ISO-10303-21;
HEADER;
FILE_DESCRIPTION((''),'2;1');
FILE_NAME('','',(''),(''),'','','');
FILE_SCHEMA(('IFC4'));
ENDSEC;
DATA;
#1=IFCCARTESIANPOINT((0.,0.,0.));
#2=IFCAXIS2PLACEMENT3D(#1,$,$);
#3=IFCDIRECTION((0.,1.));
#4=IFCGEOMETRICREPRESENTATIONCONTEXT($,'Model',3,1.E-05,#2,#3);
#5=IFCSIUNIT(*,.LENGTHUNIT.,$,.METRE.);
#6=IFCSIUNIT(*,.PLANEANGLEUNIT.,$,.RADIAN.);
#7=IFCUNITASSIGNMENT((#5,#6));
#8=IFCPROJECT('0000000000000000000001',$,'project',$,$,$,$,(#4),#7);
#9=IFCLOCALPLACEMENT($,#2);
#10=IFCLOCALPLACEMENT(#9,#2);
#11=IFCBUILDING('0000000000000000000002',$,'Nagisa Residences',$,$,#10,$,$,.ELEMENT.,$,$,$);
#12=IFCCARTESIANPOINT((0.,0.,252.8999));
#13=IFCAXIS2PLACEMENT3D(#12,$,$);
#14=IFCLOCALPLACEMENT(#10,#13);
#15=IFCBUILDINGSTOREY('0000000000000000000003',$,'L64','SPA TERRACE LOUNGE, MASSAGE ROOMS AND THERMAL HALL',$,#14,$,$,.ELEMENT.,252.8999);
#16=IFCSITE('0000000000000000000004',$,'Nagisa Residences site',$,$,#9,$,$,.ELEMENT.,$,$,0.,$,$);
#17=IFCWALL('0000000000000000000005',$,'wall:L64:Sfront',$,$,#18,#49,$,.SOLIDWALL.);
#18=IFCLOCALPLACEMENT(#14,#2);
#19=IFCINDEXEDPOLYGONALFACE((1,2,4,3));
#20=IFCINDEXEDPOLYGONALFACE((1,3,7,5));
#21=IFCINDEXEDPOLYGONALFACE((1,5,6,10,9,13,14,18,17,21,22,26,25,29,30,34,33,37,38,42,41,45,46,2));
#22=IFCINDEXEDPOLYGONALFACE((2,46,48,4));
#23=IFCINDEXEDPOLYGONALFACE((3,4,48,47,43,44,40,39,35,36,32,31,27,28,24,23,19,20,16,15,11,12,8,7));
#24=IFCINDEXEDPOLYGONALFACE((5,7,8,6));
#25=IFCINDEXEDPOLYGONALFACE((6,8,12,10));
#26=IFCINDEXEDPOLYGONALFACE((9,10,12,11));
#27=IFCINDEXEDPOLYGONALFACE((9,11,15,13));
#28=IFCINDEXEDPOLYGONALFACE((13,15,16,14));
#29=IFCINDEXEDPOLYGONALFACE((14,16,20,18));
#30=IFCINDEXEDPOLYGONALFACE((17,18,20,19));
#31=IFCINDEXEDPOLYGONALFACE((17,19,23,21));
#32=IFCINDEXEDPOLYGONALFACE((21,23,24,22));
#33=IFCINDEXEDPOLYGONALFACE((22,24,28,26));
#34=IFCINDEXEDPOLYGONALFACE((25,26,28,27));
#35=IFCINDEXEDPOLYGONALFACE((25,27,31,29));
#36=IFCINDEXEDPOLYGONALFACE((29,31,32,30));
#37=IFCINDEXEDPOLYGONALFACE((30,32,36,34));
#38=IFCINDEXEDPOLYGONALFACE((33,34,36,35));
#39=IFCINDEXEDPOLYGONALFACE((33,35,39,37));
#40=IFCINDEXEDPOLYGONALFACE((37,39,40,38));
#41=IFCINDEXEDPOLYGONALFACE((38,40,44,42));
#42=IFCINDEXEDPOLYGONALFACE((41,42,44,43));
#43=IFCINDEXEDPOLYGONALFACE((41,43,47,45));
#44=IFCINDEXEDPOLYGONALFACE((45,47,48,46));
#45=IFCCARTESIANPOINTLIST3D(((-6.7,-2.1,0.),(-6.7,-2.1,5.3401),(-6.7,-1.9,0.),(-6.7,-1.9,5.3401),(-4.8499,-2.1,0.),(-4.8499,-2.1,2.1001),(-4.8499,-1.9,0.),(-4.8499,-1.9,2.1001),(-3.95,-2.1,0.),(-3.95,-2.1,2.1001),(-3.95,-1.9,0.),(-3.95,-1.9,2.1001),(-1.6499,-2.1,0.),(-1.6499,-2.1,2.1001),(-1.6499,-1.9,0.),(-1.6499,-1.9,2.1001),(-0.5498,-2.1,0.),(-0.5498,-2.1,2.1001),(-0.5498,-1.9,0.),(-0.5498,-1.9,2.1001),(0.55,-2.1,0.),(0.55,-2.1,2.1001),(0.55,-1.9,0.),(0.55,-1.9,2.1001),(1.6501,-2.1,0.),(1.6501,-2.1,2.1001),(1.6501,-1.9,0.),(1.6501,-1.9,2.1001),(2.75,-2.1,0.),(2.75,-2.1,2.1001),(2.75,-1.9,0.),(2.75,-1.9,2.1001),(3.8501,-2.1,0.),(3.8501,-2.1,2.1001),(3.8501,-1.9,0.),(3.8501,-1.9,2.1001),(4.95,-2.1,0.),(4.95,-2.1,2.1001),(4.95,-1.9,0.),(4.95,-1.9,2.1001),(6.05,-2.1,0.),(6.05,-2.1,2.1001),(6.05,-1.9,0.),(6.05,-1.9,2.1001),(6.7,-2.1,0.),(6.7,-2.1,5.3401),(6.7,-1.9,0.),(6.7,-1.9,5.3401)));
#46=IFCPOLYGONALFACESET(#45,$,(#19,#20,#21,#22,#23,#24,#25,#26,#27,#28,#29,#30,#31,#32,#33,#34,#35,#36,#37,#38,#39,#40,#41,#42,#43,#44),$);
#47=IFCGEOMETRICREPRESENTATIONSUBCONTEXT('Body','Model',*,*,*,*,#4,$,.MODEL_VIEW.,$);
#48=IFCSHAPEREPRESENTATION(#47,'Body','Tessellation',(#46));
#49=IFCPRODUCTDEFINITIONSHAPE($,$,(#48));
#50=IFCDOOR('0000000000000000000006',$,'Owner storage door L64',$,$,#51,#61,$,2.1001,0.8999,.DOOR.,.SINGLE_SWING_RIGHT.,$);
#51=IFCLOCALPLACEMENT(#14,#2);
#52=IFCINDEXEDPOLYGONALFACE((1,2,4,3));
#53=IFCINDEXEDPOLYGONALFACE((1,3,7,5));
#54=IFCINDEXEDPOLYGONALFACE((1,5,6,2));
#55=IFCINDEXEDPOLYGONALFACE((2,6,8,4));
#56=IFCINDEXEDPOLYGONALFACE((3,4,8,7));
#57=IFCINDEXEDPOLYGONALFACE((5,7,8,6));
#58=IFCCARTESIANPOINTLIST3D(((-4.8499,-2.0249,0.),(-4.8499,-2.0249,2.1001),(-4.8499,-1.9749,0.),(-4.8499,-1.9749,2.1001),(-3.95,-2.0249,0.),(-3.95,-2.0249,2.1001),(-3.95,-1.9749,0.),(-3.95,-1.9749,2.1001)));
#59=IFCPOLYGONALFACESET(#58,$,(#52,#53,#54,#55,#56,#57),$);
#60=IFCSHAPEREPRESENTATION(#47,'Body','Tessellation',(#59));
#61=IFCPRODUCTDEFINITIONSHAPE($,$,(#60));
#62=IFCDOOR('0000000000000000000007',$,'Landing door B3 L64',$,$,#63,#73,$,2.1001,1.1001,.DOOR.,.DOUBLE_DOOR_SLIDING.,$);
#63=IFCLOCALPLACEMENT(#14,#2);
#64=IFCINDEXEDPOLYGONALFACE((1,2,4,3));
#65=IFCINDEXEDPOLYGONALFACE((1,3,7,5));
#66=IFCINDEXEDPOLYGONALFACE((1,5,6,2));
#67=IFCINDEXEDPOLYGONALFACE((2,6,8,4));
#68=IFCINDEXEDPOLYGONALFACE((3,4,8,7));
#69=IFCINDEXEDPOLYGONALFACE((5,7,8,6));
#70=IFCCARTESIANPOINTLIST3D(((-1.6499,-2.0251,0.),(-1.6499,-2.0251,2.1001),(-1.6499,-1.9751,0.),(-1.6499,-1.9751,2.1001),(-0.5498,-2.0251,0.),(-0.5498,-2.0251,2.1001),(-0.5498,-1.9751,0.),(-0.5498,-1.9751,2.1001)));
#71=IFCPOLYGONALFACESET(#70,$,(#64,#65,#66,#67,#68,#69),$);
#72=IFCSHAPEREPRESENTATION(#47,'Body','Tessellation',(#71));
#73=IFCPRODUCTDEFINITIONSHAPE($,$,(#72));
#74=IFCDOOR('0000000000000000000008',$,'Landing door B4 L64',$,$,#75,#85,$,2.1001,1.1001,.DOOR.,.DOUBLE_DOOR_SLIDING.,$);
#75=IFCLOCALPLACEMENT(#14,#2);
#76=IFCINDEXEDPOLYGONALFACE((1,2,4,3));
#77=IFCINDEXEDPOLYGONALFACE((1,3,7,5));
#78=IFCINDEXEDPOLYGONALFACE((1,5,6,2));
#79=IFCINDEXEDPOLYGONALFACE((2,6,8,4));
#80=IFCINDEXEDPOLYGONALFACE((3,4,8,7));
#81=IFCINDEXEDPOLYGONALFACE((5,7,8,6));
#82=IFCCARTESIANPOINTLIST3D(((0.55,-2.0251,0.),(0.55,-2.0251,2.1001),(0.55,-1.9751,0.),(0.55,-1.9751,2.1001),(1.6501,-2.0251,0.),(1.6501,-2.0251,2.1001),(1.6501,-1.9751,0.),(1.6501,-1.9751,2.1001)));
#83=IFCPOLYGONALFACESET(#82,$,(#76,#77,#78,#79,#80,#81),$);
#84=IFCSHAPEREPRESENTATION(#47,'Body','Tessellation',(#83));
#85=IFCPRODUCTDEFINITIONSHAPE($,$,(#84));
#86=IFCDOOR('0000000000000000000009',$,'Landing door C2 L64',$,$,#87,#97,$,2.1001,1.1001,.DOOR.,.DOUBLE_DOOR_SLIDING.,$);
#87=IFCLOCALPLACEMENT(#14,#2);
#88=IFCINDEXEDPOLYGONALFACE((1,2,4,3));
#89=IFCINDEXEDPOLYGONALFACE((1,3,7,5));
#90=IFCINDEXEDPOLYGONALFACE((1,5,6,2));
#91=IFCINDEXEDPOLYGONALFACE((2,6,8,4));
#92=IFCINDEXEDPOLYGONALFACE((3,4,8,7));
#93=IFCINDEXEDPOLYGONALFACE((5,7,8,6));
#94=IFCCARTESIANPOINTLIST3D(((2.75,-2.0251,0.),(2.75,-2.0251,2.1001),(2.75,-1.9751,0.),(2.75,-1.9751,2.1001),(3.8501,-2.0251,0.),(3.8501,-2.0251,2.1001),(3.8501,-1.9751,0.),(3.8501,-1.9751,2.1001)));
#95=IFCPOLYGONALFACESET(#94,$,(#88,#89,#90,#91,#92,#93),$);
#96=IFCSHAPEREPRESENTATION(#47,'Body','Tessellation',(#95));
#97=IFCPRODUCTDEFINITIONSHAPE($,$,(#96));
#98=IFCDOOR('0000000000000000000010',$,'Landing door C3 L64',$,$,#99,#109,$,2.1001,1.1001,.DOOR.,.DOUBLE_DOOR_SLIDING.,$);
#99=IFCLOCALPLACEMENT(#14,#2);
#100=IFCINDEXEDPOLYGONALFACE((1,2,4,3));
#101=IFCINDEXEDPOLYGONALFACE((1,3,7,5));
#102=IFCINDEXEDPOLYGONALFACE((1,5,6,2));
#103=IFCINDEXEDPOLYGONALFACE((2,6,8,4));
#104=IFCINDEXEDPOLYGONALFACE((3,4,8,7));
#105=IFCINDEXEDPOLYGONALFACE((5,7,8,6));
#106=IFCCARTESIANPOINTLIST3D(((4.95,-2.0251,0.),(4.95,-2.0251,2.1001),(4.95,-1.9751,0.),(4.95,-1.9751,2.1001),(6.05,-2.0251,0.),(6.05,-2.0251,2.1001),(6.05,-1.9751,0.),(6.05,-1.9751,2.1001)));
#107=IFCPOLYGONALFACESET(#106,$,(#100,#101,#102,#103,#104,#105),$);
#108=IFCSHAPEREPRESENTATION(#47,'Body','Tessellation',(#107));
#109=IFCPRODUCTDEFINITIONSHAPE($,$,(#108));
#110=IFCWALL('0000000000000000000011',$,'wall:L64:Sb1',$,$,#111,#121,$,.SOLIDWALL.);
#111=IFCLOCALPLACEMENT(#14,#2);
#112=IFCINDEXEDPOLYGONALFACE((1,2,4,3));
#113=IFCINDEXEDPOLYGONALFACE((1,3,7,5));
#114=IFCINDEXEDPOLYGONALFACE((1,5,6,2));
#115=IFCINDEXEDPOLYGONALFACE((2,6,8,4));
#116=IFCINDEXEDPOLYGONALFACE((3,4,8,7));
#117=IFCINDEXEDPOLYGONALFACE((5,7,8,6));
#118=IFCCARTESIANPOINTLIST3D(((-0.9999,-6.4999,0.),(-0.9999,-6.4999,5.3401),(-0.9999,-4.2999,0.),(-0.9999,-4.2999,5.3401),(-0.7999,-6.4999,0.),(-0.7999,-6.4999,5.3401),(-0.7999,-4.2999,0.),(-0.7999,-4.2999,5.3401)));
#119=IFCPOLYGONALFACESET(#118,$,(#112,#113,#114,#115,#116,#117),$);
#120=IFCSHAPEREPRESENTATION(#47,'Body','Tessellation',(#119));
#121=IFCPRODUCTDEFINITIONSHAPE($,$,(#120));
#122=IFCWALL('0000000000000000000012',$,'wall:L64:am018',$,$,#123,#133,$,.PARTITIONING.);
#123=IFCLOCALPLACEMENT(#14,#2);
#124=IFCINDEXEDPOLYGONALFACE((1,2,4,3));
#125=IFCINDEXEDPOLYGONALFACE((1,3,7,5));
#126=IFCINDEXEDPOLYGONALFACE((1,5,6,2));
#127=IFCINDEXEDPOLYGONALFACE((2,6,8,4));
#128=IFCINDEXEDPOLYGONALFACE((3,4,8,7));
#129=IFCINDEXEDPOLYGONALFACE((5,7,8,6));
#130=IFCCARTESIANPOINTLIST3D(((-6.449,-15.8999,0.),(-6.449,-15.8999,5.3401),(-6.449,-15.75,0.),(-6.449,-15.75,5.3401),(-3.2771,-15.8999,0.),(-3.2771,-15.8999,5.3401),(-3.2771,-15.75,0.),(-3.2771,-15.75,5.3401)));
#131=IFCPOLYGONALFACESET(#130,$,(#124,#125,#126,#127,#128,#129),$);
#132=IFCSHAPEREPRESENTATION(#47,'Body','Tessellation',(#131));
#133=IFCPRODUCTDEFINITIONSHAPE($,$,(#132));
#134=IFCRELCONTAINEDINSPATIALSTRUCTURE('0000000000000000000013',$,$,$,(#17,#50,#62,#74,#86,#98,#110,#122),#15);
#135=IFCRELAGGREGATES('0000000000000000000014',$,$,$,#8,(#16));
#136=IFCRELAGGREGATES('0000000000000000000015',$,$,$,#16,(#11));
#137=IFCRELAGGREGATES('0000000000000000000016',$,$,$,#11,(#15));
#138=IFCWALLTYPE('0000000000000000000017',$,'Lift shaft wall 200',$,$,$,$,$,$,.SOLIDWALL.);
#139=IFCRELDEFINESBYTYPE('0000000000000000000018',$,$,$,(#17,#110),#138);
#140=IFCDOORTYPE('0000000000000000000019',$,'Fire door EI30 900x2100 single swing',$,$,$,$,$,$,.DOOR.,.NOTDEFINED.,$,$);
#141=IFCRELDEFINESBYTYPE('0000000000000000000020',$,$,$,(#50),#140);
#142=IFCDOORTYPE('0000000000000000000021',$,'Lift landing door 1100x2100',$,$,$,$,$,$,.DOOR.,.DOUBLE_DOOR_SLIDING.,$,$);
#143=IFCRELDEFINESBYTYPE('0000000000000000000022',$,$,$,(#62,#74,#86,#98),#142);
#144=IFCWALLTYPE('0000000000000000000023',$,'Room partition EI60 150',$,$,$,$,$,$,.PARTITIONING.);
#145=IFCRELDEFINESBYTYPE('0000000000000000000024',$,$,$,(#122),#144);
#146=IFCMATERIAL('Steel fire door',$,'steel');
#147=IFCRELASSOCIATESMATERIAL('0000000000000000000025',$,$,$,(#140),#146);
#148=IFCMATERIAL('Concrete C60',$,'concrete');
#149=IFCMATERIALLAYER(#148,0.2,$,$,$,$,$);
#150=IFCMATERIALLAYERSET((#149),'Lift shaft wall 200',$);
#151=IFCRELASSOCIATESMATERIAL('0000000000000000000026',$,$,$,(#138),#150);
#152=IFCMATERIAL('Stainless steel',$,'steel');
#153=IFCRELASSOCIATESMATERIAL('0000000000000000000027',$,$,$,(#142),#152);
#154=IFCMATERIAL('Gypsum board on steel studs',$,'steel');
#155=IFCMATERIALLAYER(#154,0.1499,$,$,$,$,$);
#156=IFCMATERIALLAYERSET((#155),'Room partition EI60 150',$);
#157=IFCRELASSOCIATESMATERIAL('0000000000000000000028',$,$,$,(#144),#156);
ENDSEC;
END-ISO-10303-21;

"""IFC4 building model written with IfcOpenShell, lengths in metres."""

from ifc_helpers import new_model, si_unit, direction, frame, frame_2d, origin, place, context, subcontext, project, spatial, rectangle, extrude, material, layer, layer_set, type_object, element, fill, save


model = new_model("IFC4")

# Units and contexts
model_context = context("Model", 3, precision=1e-05, world=origin(), true_north=direction((0.0, 1.0)))
body_context = subcontext(model_context, "Body", "Model", "MODEL_VIEW")
ifc_project = project(units=[si_unit("LENGTHUNIT", "METRE"), si_unit("PLANEANGLEUNIT", "RADIAN")], contexts=[model_context])

# Site, building, storey
site_placement = place(None, origin())
site = spatial("IfcSite", under=ifc_project, at=site_placement, Name="Nagisa Residences site", CompositionType="ELEMENT", RefElevation=0.0)
building_placement = place(site_placement, origin())
building = spatial("IfcBuilding", under=site, at=building_placement, Name="Nagisa Residences", CompositionType="ELEMENT")
storey_placement = place(building_placement, frame((0.0, 0.0, 252.8999)))
storey = spatial("IfcBuildingStorey", under=building, at=storey_placement, Name="L64", Description="SPA TERRACE LOUNGE, MASSAGE ROOMS AND THERMAL HALL", CompositionType="ELEMENT", Elevation=252.8999)

# Shared definitions
ifc_material_1 = material(Name="Steel fire door", Category="steel")
door_type_1 = type_object("IfcDoorType", Name="Fire door EI30 900x2100 single swing", OperationType="NOTDEFINED", PredefinedType="DOOR", material=ifc_material_1)

# Shared definitions
ifc_material_2 = material(Name="Concrete C60", Category="concrete")
ifc_layer_1 = layer(ifc_material_2, 0.2)
ifc_layer_set_1 = layer_set([ifc_layer_1], Name="Lift shaft wall 200")
wall_type_1 = type_object("IfcWallType", Name="Lift shaft wall 200", PredefinedType="SOLIDWALL", material=ifc_layer_set_1)

# Wall, openings, doors
wall_1_placement = place(storey_placement, frame((-6.7, -2.0, 0.0), z_axis=(0.0, 0.0, 1.0), x_axis=(1.0, 0.0, 0.0)))
wall_1 = element("IfcWall", 1, at=wall_1_placement, inside=storey, type_object=wall_type_1, Name="wall:L64:Sfront", PredefinedType="SOLIDWALL", context=body_context, shape_type="SweptSolid", body=[
    extrude(rectangle(XDim=13.3999, YDim=0.2, at=frame_2d((6.7, 0.0))), origin(), (0.0, 0.0, 1.0), 5.3401),
])
opening_1_placement = place(wall_1_placement, frame((5.05, 0.0, 0.0)))
opening_1 = element("IfcOpeningElement", 2, at=opening_1_placement, cuts=wall_1, PredefinedType="OPENING", context=body_context, shape_type="SweptSolid", body=[
    extrude(rectangle(XDim=1.1001, YDim=2.1001, at=frame_2d((0.55, 1.05))), frame((0.0, 0.1099, 0.0), z_axis=(0.0, -1.0, 0.0), x_axis=(1.0, 0.0, 0.0)), (0.0, 0.0, 1.0), 0.22),
])
opening_2_placement = place(wall_1_placement, frame((7.25, 0.0, 0.0)))
opening_2 = element("IfcOpeningElement", 3, at=opening_2_placement, cuts=wall_1, PredefinedType="OPENING", context=body_context, shape_type="SweptSolid", body=[
    extrude(rectangle(XDim=1.1001, YDim=2.1001, at=frame_2d((0.55, 1.05))), frame((0.0, 0.1099, 0.0), z_axis=(0.0, -1.0, 0.0), x_axis=(1.0, 0.0, 0.0)), (0.0, 0.0, 1.0), 0.22),
])
opening_3_placement = place(wall_1_placement, frame((9.45, 0.0, 0.0)))
opening_3 = element("IfcOpeningElement", 4, at=opening_3_placement, cuts=wall_1, PredefinedType="OPENING", context=body_context, shape_type="SweptSolid", body=[
    extrude(rectangle(XDim=1.1001, YDim=2.1001, at=frame_2d((0.55, 1.05))), frame((0.0, 0.1099, 0.0), z_axis=(0.0, -1.0, 0.0), x_axis=(1.0, 0.0, 0.0)), (0.0, 0.0, 1.0), 0.22),
])
opening_4_placement = place(wall_1_placement, frame((11.6499, 0.0, 0.0)))
opening_4 = element("IfcOpeningElement", 5, at=opening_4_placement, cuts=wall_1, PredefinedType="OPENING", context=body_context, shape_type="SweptSolid", body=[
    extrude(rectangle(XDim=1.1001, YDim=2.1001, at=frame_2d((0.55, 1.05))), frame((0.0, 0.1099, 0.0), z_axis=(0.0, -1.0, 0.0), x_axis=(1.0, 0.0, 0.0)), (0.0, 0.0, 1.0), 0.22),
])
opening_5_placement = place(wall_1_placement, frame((1.8501, 0.0, 0.0)))
opening_5 = element("IfcOpeningElement", 6, at=opening_5_placement, cuts=wall_1, PredefinedType="OPENING", context=body_context, shape_type="SweptSolid", body=[
    extrude(rectangle(XDim=0.8999, YDim=2.1001, at=frame_2d((0.45, 1.05))), frame((0.0, 0.1099, 0.0), z_axis=(0.0, -1.0, 0.0), x_axis=(1.0, 0.0, 0.0)), (0.0, 0.0, 1.0), 0.22),
])
door_1_placement = place(opening_5_placement, frame((0.8999, 0.0, 0.0), x_axis=(-1.0, 0.0, 0.0)))
door_1 = element("IfcDoor", 7, at=door_1_placement, inside=storey, type_object=door_type_1, Name="Owner storage door L64", OperationType="SINGLE_SWING_RIGHT", OverallHeight=2.1001, OverallWidth=0.8999, PredefinedType="DOOR", context=body_context, shape_type="SweptSolid", body=[
    extrude(rectangle(XDim=0.8999, YDim=2.1001, at=frame_2d((0.45, 1.05))), frame((0.0, 0.0249, 0.0), z_axis=(0.0, -1.0, 0.0), x_axis=(1.0, 0.0, 0.0)), (0.0, 0.0, 1.0), 0.05),
])
fill(opening_5, door_1)
ifc_material_3 = material(Name="Stainless steel", Category="steel")
door_type_2 = type_object("IfcDoorType", Name="Lift landing door 1100x2100", OperationType="DOUBLE_DOOR_SLIDING", PredefinedType="DOOR", material=ifc_material_3)
door_2_placement = place(opening_1_placement, origin())
door_2 = element("IfcDoor", 8, at=door_2_placement, inside=storey, type_object=door_type_2, Name="Landing door B3 L64", OperationType="DOUBLE_DOOR_SLIDING", OverallHeight=2.1001, OverallWidth=1.1001, PredefinedType="DOOR", context=body_context, shape_type="SweptSolid", body=[
    extrude(rectangle(XDim=1.1001, YDim=2.1001, at=frame_2d((0.55, 1.05))), frame((0.0, 0.0249, 0.0), z_axis=(0.0, -1.0, 0.0), x_axis=(1.0, 0.0, 0.0)), (0.0, 0.0, 1.0), 0.05),
])
fill(opening_1, door_2)
door_3_placement = place(opening_2_placement, origin())
door_3 = element("IfcDoor", 9, at=door_3_placement, inside=storey, type_object=door_type_2, Name="Landing door B4 L64", OperationType="DOUBLE_DOOR_SLIDING", OverallHeight=2.1001, OverallWidth=1.1001, PredefinedType="DOOR", context=body_context, shape_type="SweptSolid", body=[
    extrude(rectangle(XDim=1.1001, YDim=2.1001, at=frame_2d((0.55, 1.05))), frame((0.0, 0.0249, 0.0), z_axis=(0.0, -1.0, 0.0), x_axis=(1.0, 0.0, 0.0)), (0.0, 0.0, 1.0), 0.05),
])
fill(opening_2, door_3)
door_4_placement = place(opening_3_placement, origin())
door_4 = element("IfcDoor", 10, at=door_4_placement, inside=storey, type_object=door_type_2, Name="Landing door C2 L64", OperationType="DOUBLE_DOOR_SLIDING", OverallHeight=2.1001, OverallWidth=1.1001, PredefinedType="DOOR", context=body_context, shape_type="SweptSolid", body=[
    extrude(rectangle(XDim=1.1001, YDim=2.1001, at=frame_2d((0.55, 1.05))), frame((0.0, 0.0249, 0.0), z_axis=(0.0, -1.0, 0.0), x_axis=(1.0, 0.0, 0.0)), (0.0, 0.0, 1.0), 0.05),
])
fill(opening_3, door_4)
door_5_placement = place(opening_4_placement, origin())
door_5 = element("IfcDoor", 11, at=door_5_placement, inside=storey, type_object=door_type_2, Name="Landing door C3 L64", OperationType="DOUBLE_DOOR_SLIDING", OverallHeight=2.1001, OverallWidth=1.1001, PredefinedType="DOOR", context=body_context, shape_type="SweptSolid", body=[
    extrude(rectangle(XDim=1.1001, YDim=2.1001, at=frame_2d((0.55, 1.05))), frame((0.0, 0.0249, 0.0), z_axis=(0.0, -1.0, 0.0), x_axis=(1.0, 0.0, 0.0)), (0.0, 0.0, 1.0), 0.05),
])
fill(opening_4, door_5)

# Walls
wall_2_placement = place(storey_placement, frame((-0.8999, -6.5, 0.0), z_axis=(0.0, 0.0, 1.0), x_axis=(0.0, 1.0, 0.0)))
element("IfcWall", 12, at=wall_2_placement, inside=storey, type_object=wall_type_1, Name="wall:L64:Sb1", PredefinedType="SOLIDWALL", context=body_context, shape_type="SweptSolid", body=[
    extrude(rectangle(XDim=2.2, YDim=0.2, at=frame_2d((1.1001, 0.0))), origin(), (0.0, 0.0, 1.0), 5.3401),
])
ifc_material_4 = material(Name="Gypsum board on steel studs", Category="steel")
ifc_layer_2 = layer(ifc_material_4, 0.1499)
ifc_layer_set_2 = layer_set([ifc_layer_2], Name="Room partition EI60 150")
wall_type_2 = type_object("IfcWallType", Name="Room partition EI60 150", PredefinedType="PARTITIONING", material=ifc_layer_set_2)
wall_3_placement = place(storey_placement, frame((-3.2771, -15.825, 0.0), z_axis=(0.0, 0.0, 1.0), x_axis=(-1.0, 0.0, 0.0)))
element("IfcWall", 13, at=wall_3_placement, inside=storey, type_object=wall_type_2, Name="wall:L64:am018", PredefinedType="PARTITIONING", context=body_context, shape_type="SweptSolid", body=[
    extrude(rectangle(XDim=3.1719, YDim=0.1499, at=frame_2d((1.5859, 0.0))), origin(), (0.0, 0.0, 1.0), 5.3401),
])

save(model, "model.ifc")
